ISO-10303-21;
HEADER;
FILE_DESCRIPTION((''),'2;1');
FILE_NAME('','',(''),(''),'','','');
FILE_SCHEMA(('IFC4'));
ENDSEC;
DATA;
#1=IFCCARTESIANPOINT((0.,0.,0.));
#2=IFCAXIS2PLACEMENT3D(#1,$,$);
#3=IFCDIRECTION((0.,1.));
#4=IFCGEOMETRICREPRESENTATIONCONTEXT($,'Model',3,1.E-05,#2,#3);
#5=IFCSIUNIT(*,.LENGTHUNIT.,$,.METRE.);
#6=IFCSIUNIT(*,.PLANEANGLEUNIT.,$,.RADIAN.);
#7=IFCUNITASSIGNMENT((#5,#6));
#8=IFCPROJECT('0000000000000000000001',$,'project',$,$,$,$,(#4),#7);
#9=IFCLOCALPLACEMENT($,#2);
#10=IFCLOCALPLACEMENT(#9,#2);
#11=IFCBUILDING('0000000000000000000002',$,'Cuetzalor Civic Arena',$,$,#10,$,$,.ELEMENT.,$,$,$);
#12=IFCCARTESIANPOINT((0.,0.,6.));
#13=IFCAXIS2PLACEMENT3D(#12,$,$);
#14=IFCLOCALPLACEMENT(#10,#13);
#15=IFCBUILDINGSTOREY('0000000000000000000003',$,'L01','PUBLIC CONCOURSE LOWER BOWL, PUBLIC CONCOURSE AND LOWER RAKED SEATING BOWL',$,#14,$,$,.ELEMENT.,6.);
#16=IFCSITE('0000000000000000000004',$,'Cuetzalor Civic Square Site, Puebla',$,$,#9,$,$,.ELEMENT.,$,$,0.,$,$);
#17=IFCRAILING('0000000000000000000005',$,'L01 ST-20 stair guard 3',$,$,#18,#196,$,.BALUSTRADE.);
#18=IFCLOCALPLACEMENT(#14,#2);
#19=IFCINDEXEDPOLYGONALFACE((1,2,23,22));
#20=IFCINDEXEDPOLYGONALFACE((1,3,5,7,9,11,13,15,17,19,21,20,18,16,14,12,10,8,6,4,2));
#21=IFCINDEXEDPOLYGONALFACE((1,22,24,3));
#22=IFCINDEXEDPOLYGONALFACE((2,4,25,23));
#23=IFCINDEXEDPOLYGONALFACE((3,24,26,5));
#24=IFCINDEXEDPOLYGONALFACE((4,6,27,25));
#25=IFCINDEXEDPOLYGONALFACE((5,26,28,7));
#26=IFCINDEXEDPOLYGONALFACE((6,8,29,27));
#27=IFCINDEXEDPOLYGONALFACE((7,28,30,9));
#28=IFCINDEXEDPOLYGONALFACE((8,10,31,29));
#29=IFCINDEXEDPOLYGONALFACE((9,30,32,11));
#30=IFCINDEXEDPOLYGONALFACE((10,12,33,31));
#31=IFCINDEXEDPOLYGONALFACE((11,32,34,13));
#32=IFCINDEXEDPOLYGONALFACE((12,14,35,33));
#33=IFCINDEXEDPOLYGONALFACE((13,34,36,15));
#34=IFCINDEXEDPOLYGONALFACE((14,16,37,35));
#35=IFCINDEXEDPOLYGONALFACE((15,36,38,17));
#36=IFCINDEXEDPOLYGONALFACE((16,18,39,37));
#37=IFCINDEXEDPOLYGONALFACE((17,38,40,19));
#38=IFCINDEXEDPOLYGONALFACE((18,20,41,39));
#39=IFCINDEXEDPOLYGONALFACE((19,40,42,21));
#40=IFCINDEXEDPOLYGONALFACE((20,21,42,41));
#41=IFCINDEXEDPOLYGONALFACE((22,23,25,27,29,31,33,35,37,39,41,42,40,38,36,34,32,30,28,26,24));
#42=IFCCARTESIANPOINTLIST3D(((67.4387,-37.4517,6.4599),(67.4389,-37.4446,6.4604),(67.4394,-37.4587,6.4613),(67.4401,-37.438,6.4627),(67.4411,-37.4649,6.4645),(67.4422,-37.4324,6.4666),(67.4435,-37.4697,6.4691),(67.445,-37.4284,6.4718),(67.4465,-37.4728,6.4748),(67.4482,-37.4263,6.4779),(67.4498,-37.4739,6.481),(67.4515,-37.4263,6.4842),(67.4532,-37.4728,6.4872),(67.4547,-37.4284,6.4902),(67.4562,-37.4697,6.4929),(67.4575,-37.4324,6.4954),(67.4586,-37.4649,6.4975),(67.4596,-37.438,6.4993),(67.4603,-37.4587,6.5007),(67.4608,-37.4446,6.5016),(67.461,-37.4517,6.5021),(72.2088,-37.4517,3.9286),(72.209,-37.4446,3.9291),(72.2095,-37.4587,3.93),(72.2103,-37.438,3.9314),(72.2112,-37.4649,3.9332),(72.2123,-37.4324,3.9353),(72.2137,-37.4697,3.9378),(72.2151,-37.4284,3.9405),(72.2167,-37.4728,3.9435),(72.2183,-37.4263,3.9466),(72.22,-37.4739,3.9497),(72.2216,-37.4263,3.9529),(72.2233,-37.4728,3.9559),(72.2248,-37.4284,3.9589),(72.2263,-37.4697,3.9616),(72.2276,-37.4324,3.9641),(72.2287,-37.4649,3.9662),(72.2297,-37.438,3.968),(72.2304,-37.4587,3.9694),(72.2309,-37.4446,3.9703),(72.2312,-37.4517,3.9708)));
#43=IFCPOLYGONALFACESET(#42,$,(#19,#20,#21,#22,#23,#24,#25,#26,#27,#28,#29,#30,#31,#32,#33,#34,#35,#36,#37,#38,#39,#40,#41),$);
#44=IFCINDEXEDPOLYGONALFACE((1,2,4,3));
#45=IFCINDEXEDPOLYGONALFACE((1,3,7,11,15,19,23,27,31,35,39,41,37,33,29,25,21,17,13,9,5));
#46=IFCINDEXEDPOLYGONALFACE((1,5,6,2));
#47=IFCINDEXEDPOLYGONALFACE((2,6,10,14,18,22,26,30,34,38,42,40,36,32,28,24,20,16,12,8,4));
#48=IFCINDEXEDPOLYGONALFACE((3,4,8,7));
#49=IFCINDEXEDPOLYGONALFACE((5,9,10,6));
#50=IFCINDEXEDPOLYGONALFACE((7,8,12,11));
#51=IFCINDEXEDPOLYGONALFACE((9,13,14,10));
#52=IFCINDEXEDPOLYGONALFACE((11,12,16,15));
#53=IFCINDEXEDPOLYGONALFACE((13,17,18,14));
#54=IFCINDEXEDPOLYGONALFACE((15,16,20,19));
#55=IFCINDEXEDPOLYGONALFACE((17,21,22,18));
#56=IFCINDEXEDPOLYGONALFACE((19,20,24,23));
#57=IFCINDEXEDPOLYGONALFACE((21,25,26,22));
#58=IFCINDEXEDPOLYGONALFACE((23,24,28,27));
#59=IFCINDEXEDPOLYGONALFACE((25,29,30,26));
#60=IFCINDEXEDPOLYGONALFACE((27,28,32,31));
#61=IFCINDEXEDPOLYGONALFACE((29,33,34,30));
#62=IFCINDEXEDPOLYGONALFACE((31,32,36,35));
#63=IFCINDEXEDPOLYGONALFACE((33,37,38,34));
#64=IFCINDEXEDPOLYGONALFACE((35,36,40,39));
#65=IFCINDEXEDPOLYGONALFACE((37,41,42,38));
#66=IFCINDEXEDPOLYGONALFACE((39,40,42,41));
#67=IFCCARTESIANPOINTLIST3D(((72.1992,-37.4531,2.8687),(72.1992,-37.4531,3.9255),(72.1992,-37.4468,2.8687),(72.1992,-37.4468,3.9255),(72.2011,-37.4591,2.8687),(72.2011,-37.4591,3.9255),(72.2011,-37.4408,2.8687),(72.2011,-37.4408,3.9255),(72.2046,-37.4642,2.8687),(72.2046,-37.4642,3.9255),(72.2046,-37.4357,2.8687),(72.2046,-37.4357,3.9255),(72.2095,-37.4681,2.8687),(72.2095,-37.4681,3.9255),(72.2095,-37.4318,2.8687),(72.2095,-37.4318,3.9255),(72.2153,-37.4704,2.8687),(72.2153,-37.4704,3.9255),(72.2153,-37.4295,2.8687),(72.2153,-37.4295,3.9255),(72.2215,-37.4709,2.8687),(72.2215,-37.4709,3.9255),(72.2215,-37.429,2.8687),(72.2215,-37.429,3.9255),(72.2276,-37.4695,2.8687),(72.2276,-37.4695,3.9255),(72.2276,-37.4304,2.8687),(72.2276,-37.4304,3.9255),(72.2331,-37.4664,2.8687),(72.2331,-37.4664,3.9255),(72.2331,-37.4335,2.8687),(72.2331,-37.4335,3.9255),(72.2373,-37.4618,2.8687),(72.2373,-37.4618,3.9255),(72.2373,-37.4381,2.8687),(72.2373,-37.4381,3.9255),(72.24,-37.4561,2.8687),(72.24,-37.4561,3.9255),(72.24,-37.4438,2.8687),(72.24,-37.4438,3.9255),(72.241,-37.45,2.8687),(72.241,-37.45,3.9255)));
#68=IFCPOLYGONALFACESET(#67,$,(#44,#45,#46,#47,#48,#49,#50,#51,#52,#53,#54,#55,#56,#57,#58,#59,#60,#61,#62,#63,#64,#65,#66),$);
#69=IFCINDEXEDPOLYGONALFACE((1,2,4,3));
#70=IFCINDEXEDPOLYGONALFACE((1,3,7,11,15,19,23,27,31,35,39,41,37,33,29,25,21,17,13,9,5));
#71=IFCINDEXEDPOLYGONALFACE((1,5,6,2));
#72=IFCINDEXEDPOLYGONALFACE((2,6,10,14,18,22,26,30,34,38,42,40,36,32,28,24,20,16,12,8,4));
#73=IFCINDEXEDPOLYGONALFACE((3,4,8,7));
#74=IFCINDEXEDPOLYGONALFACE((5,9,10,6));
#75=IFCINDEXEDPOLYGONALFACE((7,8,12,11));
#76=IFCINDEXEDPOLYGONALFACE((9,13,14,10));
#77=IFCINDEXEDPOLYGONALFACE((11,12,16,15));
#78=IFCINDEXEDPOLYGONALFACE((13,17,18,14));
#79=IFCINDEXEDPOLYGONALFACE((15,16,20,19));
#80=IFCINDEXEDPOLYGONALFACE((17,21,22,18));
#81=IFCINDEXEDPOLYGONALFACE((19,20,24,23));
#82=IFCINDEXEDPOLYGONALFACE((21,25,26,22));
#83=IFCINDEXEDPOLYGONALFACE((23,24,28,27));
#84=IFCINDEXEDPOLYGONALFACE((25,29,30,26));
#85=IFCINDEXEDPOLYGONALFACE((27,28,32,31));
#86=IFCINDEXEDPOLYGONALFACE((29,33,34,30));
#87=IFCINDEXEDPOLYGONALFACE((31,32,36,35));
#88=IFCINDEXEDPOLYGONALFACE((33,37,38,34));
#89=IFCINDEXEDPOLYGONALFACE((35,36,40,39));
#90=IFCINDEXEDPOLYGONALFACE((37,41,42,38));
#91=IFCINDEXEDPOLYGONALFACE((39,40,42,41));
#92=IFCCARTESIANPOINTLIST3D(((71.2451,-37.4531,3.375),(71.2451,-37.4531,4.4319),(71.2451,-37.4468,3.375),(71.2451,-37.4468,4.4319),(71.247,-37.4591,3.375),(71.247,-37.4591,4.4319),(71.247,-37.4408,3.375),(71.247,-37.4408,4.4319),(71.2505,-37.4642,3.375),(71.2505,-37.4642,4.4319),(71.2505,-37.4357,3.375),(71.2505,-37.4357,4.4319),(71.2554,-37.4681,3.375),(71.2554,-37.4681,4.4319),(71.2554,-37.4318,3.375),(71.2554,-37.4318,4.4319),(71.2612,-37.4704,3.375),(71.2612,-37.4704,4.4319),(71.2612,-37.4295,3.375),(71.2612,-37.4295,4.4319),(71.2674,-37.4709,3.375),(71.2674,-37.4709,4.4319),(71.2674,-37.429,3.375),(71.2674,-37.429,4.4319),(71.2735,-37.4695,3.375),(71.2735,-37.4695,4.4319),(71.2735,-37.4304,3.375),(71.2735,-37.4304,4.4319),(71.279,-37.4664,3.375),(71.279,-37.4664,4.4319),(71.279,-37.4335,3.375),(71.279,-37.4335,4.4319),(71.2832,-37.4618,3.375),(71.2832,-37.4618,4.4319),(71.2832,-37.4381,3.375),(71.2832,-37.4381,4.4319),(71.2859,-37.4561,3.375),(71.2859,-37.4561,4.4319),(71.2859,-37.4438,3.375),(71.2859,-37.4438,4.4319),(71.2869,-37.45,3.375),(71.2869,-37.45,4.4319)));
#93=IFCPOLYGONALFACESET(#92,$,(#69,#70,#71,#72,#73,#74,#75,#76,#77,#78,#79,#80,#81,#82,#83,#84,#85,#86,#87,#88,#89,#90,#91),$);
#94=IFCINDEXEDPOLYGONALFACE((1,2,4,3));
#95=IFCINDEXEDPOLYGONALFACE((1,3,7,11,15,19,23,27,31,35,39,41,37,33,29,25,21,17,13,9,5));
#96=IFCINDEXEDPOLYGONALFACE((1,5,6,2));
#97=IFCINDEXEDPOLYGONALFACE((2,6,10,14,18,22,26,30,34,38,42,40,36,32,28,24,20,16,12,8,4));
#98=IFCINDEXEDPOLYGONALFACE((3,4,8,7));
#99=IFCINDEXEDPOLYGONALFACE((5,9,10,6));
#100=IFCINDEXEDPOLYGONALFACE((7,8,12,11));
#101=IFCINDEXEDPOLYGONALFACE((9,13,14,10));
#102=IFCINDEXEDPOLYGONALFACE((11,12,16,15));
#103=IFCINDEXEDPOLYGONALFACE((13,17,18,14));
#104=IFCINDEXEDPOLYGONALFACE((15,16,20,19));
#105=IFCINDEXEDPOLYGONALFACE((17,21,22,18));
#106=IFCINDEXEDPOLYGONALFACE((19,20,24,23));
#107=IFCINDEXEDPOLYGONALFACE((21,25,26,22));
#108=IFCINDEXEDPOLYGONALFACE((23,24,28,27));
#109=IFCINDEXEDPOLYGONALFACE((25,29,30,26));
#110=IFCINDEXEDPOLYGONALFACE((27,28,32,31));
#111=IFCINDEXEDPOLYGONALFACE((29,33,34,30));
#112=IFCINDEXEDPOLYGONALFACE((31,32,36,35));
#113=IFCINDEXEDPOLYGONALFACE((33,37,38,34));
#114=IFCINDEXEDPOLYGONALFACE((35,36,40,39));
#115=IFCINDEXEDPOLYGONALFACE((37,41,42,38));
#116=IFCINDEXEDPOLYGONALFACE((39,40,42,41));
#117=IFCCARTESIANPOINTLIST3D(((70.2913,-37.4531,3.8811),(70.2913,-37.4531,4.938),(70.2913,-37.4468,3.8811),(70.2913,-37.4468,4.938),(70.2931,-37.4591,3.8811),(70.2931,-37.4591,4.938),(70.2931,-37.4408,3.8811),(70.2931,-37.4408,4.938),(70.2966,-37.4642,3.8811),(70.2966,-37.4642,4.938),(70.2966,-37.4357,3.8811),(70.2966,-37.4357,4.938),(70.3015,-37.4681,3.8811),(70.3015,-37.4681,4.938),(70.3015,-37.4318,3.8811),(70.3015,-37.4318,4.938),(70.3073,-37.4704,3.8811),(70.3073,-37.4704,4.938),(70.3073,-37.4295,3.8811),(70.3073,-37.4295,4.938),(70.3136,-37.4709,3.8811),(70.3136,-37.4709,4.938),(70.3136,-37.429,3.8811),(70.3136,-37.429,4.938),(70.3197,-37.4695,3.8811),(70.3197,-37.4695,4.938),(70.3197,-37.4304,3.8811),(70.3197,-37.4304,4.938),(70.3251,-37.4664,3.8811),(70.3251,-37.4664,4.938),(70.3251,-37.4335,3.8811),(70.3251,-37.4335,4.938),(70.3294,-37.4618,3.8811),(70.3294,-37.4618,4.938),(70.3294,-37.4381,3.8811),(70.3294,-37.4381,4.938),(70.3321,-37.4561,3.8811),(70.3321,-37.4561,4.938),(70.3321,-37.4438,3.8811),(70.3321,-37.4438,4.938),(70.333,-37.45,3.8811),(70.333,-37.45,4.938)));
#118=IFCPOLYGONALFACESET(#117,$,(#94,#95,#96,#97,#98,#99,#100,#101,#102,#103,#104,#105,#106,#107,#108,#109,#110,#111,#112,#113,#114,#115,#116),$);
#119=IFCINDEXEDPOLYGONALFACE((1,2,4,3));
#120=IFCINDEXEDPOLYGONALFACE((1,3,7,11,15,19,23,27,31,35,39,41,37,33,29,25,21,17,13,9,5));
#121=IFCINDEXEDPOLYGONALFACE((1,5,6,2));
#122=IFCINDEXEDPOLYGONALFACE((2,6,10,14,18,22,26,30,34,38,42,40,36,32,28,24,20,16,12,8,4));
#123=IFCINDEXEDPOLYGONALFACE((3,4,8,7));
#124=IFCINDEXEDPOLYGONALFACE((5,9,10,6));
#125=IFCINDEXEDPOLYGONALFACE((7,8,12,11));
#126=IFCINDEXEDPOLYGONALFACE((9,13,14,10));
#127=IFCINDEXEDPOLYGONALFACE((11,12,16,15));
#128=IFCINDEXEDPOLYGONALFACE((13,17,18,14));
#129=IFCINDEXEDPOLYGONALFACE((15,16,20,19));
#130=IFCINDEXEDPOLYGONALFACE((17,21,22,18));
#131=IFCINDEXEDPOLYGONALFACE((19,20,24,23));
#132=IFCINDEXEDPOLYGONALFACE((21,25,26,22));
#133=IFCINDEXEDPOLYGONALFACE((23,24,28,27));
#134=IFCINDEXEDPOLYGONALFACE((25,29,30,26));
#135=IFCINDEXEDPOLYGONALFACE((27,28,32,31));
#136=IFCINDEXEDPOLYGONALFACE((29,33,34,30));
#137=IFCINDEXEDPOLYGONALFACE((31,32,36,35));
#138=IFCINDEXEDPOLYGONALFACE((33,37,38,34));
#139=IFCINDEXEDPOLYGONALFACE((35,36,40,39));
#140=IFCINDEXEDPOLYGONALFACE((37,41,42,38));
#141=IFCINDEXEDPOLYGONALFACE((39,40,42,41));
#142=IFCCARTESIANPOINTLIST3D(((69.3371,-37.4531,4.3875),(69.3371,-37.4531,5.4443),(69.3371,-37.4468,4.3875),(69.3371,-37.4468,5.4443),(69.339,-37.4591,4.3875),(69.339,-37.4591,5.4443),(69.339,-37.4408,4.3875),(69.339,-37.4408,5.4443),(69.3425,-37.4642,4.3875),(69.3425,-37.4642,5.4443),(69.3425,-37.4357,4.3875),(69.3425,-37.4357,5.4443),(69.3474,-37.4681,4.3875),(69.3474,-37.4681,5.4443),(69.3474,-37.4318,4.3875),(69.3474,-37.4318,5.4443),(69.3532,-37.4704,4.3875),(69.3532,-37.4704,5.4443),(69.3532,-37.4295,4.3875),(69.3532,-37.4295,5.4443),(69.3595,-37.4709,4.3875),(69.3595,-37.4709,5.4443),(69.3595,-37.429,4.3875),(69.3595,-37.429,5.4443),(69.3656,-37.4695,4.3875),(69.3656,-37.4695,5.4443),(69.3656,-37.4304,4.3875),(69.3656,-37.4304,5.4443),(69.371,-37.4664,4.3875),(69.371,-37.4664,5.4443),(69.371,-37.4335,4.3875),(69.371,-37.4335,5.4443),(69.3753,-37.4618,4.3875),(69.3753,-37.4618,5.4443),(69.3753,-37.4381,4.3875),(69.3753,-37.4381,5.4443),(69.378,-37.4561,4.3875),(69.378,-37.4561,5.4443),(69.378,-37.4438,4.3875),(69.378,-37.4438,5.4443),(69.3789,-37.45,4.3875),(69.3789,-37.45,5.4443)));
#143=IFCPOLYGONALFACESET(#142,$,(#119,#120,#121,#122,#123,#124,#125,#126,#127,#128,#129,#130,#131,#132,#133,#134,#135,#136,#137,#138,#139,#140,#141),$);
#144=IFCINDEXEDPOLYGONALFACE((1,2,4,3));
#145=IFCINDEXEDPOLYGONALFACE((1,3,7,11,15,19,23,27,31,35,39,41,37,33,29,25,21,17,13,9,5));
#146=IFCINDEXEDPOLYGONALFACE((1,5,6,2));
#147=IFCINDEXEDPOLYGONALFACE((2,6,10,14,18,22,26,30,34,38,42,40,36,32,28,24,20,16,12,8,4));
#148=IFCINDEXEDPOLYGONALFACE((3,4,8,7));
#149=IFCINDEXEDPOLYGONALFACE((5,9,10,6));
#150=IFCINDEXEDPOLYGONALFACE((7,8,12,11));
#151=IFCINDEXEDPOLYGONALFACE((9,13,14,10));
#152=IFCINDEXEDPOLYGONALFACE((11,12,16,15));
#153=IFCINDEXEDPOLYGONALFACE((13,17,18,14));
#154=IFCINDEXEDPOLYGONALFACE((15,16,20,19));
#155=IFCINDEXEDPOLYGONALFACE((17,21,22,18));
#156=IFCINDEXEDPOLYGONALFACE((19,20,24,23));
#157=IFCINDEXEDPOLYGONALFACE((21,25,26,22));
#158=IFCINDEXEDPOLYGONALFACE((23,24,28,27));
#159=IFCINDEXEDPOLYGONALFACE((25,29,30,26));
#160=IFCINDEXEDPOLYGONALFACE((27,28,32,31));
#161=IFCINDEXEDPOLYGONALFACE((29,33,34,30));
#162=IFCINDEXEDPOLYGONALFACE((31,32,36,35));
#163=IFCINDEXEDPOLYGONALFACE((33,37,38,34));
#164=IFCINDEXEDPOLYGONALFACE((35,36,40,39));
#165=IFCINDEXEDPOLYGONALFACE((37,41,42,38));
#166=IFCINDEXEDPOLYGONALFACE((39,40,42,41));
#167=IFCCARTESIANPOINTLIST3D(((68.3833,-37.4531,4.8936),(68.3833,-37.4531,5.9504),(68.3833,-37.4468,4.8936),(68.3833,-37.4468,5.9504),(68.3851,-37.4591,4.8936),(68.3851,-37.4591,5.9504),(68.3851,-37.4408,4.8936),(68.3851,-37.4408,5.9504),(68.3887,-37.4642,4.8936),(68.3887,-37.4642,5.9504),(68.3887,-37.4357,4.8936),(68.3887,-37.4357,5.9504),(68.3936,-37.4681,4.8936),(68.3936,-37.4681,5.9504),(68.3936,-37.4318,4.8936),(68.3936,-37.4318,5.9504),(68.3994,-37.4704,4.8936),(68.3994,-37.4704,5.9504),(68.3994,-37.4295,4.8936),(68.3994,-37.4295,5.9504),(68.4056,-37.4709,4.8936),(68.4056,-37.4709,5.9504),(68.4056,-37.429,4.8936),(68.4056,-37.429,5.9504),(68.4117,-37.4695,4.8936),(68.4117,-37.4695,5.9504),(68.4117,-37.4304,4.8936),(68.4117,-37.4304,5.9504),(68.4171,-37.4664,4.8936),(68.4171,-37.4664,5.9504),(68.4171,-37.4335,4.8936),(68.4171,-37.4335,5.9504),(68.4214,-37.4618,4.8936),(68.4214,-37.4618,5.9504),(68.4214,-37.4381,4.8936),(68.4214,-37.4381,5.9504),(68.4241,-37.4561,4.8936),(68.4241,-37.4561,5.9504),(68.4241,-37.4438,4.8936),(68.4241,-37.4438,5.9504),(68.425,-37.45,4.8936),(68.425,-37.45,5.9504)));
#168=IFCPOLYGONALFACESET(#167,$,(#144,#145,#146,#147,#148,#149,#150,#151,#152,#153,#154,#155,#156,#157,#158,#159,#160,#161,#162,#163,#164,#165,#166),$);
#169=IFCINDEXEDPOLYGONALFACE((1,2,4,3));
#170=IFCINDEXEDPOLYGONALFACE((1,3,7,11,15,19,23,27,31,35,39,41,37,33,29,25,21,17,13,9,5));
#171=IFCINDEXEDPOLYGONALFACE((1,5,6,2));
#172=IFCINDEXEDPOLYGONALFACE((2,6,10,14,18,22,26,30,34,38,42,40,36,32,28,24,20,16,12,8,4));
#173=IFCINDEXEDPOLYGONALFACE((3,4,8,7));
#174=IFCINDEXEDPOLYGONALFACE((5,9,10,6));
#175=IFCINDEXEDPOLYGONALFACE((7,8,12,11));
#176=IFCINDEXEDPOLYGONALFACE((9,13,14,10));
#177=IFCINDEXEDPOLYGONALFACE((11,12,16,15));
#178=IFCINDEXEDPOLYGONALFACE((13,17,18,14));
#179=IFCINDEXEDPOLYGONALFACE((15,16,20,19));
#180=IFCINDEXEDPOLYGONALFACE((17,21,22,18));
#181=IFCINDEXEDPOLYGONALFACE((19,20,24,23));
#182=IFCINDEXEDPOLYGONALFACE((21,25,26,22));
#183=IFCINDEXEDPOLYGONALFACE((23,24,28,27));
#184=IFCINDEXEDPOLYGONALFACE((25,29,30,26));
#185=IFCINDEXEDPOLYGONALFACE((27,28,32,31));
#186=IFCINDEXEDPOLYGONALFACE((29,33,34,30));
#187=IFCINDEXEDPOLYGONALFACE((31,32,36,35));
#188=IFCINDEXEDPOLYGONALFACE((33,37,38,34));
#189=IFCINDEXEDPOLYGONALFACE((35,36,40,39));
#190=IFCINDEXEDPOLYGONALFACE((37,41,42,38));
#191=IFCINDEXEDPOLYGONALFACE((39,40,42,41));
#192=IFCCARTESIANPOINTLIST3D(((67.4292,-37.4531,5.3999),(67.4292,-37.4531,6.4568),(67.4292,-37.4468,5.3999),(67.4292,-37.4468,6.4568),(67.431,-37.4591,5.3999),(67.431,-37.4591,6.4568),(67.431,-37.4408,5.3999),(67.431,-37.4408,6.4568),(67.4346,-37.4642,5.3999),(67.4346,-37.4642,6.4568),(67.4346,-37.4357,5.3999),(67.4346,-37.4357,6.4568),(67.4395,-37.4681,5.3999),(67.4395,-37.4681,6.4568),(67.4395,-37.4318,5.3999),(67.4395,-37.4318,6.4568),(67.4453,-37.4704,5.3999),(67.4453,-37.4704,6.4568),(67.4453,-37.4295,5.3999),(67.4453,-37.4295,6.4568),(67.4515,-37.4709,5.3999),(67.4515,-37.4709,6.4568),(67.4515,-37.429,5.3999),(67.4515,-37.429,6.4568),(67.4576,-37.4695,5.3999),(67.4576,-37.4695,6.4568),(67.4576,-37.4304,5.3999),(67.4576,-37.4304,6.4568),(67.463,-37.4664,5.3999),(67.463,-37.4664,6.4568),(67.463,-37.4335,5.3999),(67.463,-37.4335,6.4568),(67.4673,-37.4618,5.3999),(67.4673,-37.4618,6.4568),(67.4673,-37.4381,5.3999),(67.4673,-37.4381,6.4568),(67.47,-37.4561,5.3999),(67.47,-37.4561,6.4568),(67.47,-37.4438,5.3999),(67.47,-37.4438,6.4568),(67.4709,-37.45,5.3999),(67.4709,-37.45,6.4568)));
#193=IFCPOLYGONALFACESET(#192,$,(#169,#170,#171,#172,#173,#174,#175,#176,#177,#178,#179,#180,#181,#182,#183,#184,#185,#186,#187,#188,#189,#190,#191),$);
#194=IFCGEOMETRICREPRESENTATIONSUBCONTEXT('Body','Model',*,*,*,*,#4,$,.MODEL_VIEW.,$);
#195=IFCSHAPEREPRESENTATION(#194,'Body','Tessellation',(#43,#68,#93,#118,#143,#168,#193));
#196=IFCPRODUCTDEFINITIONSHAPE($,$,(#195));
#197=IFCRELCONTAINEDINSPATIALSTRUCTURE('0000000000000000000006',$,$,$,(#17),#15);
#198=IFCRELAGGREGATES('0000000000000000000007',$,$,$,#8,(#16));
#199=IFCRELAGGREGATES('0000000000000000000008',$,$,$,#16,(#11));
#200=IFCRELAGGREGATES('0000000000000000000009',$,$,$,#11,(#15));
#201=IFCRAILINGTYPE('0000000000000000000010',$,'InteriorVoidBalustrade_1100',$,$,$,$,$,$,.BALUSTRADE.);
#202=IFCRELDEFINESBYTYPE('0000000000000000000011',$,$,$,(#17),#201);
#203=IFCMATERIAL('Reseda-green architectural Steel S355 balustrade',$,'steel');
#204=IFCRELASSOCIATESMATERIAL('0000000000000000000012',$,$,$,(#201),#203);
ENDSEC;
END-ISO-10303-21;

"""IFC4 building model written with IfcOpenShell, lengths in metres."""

from ifc_helpers import new_model, si_unit, direction, frame, origin, origin_2d, place, context, subcontext, project, spatial, circle, extrude, material, type_object, element, save


model = new_model("IFC4")

# Units and contexts
model_context = context("Model", 3, precision=1e-05, world=origin(), true_north=direction((0.0, 1.0)))
body_context = subcontext(model_context, "Body", "Model", "MODEL_VIEW")
ifc_project = project(units=[si_unit("LENGTHUNIT", "METRE"), si_unit("PLANEANGLEUNIT", "RADIAN")], contexts=[model_context])

# Site, building, storey
site_placement = place(None, origin())
site = spatial("IfcSite", under=ifc_project, at=site_placement, Name="Cuetzalor Civic Square Site, Puebla", CompositionType="ELEMENT", RefElevation=0.0)
building_placement = place(site_placement, origin())
building = spatial("IfcBuilding", under=site, at=building_placement, Name="Cuetzalor Civic Arena", CompositionType="ELEMENT")
storey_placement = place(building_placement, frame((0.0, 0.0, 6.0)))
storey = spatial("IfcBuildingStorey", under=building, at=storey_placement, Name="L01", Description="PUBLIC CONCOURSE LOWER BOWL, PUBLIC CONCOURSE AND LOWER RAKED SEATING BOWL", CompositionType="ELEMENT", Elevation=6.0)

# Railing
ifc_material_1 = material(Name="Reseda-green architectural Steel S355 balustrade", Category="steel")
railing_type_1 = type_object("IfcRailingType", Name="InteriorVoidBalustrade_1100", PredefinedType="BALUSTRADE", material=ifc_material_1)
railing_1_placement = place(storey_placement, frame((72.22, -37.45, 2.8687)))
element("IfcRailing", 1, at=railing_1_placement, inside=storey, type_object=railing_type_1, Name="L01 ST-20 stair guard 3", PredefinedType="BALUSTRADE", context=body_context, shape_type="SweptSolid", body=[
    extrude(circle(Radius=0.0239, at=origin_2d()), frame((0.0, 0.0, 1.0811), z_axis=(-0.883332, 0.0, 0.468747), x_axis=(0.0, -1.0, 0.0)), (0.0, 0.0, 1.0), 5.4001),
    extrude(circle(Radius=0.021, at=origin_2d()), origin(), (0.0, 0.0, 1.0), 1.0569),
    extrude(circle(Radius=0.021, at=origin_2d()), frame((-0.9541, 0.0, 0.5063)), (0.0, 0.0, 1.0), 1.0569),
    extrude(circle(Radius=0.021, at=origin_2d()), frame((-1.908, 0.0, 1.0125)), (0.0, 0.0, 1.0), 1.0569),
    extrude(circle(Radius=0.021, at=origin_2d()), frame((-2.8621, 0.0, 1.5188)), (0.0, 0.0, 1.0), 1.0569),
    extrude(circle(Radius=0.021, at=origin_2d()), frame((-3.8159, 0.0, 2.0249)), (0.0, 0.0, 1.0), 1.0569),
    extrude(circle(Radius=0.021, at=origin_2d()), frame((-4.77, 0.0, 2.5312)), (0.0, 0.0, 1.0), 1.0569),
])

save(model, "model.ifc")
